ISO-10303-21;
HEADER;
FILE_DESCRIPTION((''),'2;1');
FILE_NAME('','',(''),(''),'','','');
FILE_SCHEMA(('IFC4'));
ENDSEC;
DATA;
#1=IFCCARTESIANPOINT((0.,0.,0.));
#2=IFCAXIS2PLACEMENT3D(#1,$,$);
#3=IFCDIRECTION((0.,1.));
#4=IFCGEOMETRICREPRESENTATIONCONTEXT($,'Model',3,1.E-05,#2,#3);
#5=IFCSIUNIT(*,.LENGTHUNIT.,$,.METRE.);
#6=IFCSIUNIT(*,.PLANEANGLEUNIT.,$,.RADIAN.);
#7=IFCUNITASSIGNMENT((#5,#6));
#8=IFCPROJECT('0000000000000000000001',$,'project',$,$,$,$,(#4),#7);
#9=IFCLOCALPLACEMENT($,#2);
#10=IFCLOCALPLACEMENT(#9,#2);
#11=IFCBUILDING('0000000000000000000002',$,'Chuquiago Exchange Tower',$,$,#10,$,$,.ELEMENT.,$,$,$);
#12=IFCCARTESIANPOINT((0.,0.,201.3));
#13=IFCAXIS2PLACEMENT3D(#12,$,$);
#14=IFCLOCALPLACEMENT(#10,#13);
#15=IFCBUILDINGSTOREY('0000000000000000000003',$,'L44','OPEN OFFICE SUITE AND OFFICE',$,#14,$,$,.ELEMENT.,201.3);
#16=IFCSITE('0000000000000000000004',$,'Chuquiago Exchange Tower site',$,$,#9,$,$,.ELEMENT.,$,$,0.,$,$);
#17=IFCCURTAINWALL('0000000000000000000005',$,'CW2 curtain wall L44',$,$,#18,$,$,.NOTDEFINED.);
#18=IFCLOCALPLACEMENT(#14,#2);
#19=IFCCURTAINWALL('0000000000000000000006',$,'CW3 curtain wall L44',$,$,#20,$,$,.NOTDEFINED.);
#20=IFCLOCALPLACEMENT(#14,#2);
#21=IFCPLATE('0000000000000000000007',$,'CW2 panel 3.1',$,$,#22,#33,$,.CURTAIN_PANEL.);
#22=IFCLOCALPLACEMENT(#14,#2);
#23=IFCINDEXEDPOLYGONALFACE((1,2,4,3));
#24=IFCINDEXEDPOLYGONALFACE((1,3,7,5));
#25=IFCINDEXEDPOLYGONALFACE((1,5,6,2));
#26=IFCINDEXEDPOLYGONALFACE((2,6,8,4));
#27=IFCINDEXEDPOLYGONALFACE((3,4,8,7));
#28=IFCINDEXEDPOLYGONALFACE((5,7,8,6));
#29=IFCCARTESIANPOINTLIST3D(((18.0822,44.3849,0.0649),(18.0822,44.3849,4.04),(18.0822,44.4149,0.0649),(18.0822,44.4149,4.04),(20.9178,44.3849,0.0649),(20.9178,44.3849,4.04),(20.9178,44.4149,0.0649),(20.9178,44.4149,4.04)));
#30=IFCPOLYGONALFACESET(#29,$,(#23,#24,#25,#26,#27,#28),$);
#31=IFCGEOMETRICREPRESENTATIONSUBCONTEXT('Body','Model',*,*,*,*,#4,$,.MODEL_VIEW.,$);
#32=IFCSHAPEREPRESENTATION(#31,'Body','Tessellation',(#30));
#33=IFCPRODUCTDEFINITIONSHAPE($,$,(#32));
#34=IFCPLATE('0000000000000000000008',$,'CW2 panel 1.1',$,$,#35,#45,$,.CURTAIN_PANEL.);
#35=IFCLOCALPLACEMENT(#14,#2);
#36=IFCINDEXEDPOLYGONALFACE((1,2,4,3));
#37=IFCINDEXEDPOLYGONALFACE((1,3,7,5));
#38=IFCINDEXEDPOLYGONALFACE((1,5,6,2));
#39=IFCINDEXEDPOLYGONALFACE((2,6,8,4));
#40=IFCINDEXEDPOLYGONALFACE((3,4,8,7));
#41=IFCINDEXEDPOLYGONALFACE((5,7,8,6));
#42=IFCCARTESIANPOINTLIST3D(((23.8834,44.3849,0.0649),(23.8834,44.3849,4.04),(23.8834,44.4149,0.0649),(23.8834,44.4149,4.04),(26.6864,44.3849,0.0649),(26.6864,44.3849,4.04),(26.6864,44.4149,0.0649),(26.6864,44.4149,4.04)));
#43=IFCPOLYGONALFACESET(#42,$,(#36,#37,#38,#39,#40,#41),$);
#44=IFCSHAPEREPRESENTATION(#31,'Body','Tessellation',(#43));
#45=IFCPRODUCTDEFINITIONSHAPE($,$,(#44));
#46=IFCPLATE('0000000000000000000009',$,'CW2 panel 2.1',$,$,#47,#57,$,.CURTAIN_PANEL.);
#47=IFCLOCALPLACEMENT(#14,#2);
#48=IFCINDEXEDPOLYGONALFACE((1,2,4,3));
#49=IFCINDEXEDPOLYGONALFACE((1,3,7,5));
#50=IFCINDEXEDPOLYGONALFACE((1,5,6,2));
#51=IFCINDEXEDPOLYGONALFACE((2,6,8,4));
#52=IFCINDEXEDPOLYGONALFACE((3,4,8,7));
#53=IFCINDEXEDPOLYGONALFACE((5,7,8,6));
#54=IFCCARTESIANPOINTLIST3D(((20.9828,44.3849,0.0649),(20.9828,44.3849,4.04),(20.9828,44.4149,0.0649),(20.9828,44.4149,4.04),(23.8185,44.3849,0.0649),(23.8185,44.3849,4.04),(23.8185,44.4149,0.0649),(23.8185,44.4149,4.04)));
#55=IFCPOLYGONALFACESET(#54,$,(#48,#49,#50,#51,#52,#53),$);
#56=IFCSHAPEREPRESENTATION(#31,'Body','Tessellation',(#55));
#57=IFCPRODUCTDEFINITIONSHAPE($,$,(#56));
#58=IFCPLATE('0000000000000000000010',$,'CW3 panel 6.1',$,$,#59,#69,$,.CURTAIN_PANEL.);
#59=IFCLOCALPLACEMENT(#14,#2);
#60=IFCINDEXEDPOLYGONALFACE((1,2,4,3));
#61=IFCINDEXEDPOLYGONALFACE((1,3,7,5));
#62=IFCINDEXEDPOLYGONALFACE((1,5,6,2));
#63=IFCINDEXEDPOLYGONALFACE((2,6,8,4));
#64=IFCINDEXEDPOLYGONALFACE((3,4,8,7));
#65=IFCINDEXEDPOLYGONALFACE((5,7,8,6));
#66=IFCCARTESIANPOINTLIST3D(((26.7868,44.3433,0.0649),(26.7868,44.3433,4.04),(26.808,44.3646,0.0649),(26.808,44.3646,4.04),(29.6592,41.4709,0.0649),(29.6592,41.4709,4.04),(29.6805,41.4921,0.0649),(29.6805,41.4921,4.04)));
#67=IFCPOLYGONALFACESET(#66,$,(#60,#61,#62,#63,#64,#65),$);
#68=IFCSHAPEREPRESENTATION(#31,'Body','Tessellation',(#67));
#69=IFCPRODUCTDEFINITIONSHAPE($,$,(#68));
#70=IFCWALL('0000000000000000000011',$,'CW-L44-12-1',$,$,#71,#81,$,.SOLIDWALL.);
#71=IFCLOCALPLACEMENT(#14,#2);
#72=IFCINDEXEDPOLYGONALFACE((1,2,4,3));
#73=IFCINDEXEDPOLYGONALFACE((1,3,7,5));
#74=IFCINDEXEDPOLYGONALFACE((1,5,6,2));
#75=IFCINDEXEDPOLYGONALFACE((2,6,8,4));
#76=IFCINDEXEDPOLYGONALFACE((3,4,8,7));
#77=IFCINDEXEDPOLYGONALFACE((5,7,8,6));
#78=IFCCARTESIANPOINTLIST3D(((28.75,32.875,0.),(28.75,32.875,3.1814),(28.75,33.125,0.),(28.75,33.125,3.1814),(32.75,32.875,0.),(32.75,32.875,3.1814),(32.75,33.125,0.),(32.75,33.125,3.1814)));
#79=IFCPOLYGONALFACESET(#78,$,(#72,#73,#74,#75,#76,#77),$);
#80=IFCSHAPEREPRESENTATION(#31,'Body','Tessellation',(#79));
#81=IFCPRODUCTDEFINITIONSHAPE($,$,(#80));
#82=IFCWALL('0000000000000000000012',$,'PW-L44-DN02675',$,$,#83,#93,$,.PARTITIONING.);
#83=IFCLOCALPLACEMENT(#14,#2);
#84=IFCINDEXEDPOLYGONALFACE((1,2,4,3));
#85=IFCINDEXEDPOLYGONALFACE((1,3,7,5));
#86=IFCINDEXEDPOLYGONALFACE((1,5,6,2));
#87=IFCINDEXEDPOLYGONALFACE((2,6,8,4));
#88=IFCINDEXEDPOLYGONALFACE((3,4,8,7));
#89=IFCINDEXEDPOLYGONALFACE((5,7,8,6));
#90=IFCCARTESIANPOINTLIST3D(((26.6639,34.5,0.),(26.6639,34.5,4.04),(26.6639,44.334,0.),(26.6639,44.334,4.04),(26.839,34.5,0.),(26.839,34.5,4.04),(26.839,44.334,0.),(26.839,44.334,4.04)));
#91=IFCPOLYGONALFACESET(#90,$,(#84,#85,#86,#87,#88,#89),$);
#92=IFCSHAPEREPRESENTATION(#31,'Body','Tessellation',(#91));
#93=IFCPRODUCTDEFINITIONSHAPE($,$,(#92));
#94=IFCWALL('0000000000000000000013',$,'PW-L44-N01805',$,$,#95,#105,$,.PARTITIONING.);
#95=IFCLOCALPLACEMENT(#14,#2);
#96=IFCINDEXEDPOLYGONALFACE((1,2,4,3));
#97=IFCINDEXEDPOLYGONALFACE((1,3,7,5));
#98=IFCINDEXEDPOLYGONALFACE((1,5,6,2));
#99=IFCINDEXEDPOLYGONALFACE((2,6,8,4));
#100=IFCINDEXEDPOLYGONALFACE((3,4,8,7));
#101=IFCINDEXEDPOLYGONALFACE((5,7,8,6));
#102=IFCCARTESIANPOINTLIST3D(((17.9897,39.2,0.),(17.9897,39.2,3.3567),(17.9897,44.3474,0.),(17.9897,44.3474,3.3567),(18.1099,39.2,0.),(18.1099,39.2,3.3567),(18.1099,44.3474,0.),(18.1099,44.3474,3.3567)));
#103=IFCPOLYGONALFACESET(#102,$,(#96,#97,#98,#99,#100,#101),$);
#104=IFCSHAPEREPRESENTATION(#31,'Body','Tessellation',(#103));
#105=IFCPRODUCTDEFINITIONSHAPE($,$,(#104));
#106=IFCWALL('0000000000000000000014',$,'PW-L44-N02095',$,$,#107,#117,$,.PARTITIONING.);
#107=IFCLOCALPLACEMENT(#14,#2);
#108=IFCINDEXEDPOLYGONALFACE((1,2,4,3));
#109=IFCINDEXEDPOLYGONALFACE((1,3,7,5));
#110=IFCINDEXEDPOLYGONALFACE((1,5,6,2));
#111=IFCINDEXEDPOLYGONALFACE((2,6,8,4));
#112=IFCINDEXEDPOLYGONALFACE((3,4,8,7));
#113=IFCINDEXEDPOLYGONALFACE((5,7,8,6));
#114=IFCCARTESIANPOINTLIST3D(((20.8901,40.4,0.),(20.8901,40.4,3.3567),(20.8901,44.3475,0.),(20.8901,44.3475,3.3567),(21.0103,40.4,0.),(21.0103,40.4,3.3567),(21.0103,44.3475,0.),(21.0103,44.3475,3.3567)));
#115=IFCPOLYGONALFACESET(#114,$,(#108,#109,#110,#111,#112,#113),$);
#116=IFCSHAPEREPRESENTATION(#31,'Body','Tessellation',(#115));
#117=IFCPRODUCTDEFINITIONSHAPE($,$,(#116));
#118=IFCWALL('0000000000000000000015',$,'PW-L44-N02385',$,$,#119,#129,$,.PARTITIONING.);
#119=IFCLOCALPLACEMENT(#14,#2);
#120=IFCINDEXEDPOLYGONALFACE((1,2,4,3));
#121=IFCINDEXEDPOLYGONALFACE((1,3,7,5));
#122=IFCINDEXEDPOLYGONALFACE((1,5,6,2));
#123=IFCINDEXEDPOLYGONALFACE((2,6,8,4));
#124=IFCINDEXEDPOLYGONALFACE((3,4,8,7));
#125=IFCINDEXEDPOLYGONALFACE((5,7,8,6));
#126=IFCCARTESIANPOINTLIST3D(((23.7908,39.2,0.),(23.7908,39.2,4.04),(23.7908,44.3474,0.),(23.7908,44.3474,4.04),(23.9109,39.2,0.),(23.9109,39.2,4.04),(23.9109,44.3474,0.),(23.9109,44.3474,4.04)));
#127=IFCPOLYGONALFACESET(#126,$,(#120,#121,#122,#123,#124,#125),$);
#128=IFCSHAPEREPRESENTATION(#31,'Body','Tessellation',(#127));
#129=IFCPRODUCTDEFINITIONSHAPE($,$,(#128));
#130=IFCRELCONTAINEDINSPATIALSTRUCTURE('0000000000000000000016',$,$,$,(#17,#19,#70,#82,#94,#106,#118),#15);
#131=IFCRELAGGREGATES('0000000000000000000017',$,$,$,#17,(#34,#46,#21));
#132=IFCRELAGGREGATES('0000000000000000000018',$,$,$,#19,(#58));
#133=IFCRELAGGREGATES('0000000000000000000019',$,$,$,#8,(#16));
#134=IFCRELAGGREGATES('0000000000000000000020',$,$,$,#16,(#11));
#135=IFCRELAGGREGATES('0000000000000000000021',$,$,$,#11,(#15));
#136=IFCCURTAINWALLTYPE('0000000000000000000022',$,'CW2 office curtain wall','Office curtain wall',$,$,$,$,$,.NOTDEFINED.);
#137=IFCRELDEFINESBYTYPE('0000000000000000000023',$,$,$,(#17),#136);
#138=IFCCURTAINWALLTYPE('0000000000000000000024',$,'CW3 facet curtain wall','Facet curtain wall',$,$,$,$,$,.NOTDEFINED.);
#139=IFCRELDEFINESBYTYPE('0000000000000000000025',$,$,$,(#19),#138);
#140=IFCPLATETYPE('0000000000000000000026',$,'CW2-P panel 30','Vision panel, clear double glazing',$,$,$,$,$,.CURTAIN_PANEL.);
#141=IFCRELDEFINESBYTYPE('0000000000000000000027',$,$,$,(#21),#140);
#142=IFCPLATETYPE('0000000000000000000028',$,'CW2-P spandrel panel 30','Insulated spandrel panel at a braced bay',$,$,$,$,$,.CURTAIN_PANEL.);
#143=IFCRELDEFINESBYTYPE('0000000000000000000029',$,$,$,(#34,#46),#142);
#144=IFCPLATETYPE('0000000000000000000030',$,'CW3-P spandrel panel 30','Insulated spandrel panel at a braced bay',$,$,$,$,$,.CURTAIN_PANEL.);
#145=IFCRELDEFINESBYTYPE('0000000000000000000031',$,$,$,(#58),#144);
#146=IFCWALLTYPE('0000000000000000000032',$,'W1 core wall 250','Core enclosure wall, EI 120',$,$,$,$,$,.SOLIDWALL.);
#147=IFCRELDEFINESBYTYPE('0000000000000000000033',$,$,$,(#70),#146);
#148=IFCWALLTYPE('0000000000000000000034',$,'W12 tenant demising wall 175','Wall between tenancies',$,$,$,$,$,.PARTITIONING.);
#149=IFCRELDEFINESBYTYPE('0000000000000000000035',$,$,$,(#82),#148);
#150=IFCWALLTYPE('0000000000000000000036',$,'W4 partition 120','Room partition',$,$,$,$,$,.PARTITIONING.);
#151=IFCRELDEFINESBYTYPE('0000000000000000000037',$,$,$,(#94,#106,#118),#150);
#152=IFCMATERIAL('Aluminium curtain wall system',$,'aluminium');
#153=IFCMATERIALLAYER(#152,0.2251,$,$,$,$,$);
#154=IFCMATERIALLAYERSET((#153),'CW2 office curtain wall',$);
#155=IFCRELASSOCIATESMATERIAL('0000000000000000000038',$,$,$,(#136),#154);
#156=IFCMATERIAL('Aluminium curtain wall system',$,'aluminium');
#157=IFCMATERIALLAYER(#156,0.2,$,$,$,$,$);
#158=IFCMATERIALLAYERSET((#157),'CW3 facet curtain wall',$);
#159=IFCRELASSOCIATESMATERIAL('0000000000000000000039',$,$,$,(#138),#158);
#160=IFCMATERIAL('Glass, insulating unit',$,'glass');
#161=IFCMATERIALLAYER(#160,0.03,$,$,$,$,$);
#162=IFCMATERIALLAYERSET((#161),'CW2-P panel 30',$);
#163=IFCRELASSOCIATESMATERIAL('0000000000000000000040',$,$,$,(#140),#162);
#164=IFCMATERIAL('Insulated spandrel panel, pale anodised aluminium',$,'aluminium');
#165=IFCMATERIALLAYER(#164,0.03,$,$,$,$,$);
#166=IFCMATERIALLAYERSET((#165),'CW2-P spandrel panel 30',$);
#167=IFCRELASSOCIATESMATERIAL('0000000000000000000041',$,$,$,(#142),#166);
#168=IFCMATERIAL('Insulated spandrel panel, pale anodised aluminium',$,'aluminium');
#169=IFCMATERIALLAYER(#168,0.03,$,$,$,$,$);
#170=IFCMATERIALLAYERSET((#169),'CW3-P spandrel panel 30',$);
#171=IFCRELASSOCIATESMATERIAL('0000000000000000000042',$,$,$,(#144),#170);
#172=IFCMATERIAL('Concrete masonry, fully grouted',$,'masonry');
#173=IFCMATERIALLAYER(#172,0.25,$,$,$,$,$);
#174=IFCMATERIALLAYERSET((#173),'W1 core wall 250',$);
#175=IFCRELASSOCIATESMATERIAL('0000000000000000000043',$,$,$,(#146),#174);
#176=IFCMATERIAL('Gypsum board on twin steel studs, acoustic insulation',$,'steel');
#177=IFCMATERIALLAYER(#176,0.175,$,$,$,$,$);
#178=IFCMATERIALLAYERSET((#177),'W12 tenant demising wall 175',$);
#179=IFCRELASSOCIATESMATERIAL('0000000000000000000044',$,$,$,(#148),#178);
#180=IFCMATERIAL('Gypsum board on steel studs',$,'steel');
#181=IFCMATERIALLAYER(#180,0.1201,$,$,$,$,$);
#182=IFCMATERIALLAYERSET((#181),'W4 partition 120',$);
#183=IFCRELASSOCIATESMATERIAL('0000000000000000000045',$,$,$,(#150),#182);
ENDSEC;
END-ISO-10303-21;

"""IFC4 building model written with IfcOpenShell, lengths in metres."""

from ifc_helpers import new_model, si_unit, direction, frame, frame_2d, origin, origin_2d, place, context, subcontext, project, spatial, rectangle, extrude, material, layer, layer_set, type_object, element, aggregate, save


model = new_model("IFC4")

# Units and contexts
model_context = context("Model", 3, precision=1e-05, world=origin(), true_north=direction((0.0, 1.0)))
body_context = subcontext(model_context, "Body", "Model", "MODEL_VIEW")
ifc_project = project(units=[si_unit("LENGTHUNIT", "METRE"), si_unit("PLANEANGLEUNIT", "RADIAN")], contexts=[model_context])

# Site, building, storey
site_placement = place(None, origin())
site = spatial("IfcSite", under=ifc_project, at=site_placement, Name="Chuquiago Exchange Tower site", CompositionType="ELEMENT", RefElevation=0.0)
building_placement = place(site_placement, origin())
building = spatial("IfcBuilding", under=site, at=building_placement, Name="Chuquiago Exchange Tower", CompositionType="ELEMENT")
storey_placement = place(building_placement, frame((0.0, 0.0, 201.3)))
storey = spatial("IfcBuildingStorey", under=building, at=storey_placement, Name="L44", Description="OPEN OFFICE SUITE AND OFFICE", CompositionType="ELEMENT", Elevation=201.3)

# Curtain walls
ifc_material_1 = material(Name="Aluminium curtain wall system", Category="aluminium")
ifc_layer_1 = layer(ifc_material_1, 0.2251)
ifc_layer_set_1 = layer_set([ifc_layer_1], Name="CW2 office curtain wall")
curtain_wall_type_1 = type_object("IfcCurtainWallType", Name="CW2 office curtain wall", Description="Office curtain wall", PredefinedType="NOTDEFINED", material=ifc_layer_set_1)
curtain_wall_1_placement = place(storey_placement, origin())
curtain_wall_1 = element("IfcCurtainWall", 1, at=curtain_wall_1_placement, inside=storey, type_object=curtain_wall_type_1, Name="CW2 curtain wall L44", PredefinedType="NOTDEFINED")
ifc_material_2 = material(Name="Aluminium curtain wall system", Category="aluminium")
ifc_layer_2 = layer(ifc_material_2, 0.2)
ifc_layer_set_2 = layer_set([ifc_layer_2], Name="CW3 facet curtain wall")
curtain_wall_type_2 = type_object("IfcCurtainWallType", Name="CW3 facet curtain wall", Description="Facet curtain wall", PredefinedType="NOTDEFINED", material=ifc_layer_set_2)
curtain_wall_2_placement = place(storey_placement, origin())
curtain_wall_2 = element("IfcCurtainWall", 2, at=curtain_wall_2_placement, inside=storey, type_object=curtain_wall_type_2, Name="CW3 curtain wall L44", PredefinedType="NOTDEFINED")

# Plates
ifc_material_3 = material(Name="Glass, insulating unit", Category="glass")
ifc_layer_3 = layer(ifc_material_3, 0.03)
ifc_layer_set_3 = layer_set([ifc_layer_3], Name="CW2-P panel 30")
plate_type_1 = type_object("IfcPlateType", Name="CW2-P panel 30", Description="Vision panel, clear double glazing", PredefinedType="CURTAIN_PANEL", material=ifc_layer_set_3)
plate_1_placement = place(storey_placement, frame((19.5, 44.3999, 0.0649), z_axis=(0.0, 0.0, 1.0), x_axis=(-1.0, 0.0, 0.0)))
plate_1 = element("IfcPlate", 3, at=plate_1_placement, type_object=plate_type_1, Name="CW2 panel 3.1", PredefinedType="CURTAIN_PANEL", context=body_context, shape_type="SweptSolid", body=[
    extrude(rectangle(XDim=2.8357, YDim=0.03, at=origin_2d()), origin(), (0.0, 0.0, 1.0), 3.9751),
])
ifc_material_4 = material(Name="Insulated spandrel panel, pale anodised aluminium", Category="aluminium")
ifc_layer_4 = layer(ifc_material_4, 0.03)
ifc_layer_set_4 = layer_set([ifc_layer_4], Name="CW2-P spandrel panel 30")
plate_type_2 = type_object("IfcPlateType", Name="CW2-P spandrel panel 30", Description="Insulated spandrel panel at a braced bay", PredefinedType="CURTAIN_PANEL", material=ifc_layer_set_4)
plate_2_placement = place(storey_placement, frame((25.2849, 44.3999, 0.0649), z_axis=(0.0, 0.0, 1.0), x_axis=(-1.0, 0.0, 0.0)))
plate_2 = element("IfcPlate", 4, at=plate_2_placement, type_object=plate_type_2, Name="CW2 panel 1.1", PredefinedType="CURTAIN_PANEL", context=body_context, shape_type="SweptSolid", body=[
    extrude(rectangle(XDim=2.803, YDim=0.03, at=origin_2d()), origin(), (0.0, 0.0, 1.0), 3.9751),
])
plate_3_placement = place(storey_placement, frame((22.4006, 44.3999, 0.0649), z_axis=(0.0, 0.0, 1.0), x_axis=(-1.0, 0.0, 0.0)))
plate_3 = element("IfcPlate", 5, at=plate_3_placement, type_object=plate_type_2, Name="CW2 panel 2.1", PredefinedType="CURTAIN_PANEL", context=body_context, shape_type="SweptSolid", body=[
    extrude(rectangle(XDim=2.8357, YDim=0.03, at=origin_2d()), origin(), (0.0, 0.0, 1.0), 3.9751),
])
aggregate(curtain_wall_1, [plate_2, plate_3, plate_1])
ifc_material_5 = material(Name="Insulated spandrel panel, pale anodised aluminium", Category="aluminium")
ifc_layer_5 = layer(ifc_material_5, 0.03)
ifc_layer_set_5 = layer_set([ifc_layer_5], Name="CW3-P spandrel panel 30")
plate_type_3 = type_object("IfcPlateType", Name="CW3-P spandrel panel 30", Description="Insulated spandrel panel at a braced bay", PredefinedType="CURTAIN_PANEL", material=ifc_layer_set_5)
plate_4_placement = place(storey_placement, frame((28.2336, 42.9177, 0.0649), z_axis=(0.0, 0.0, 1.0), x_axis=(-0.707107, 0.707107, 0.0)))
plate_4 = element("IfcPlate", 6, at=plate_4_placement, type_object=plate_type_3, Name="CW3 panel 6.1", PredefinedType="CURTAIN_PANEL", context=body_context, shape_type="SweptSolid", body=[
    extrude(rectangle(XDim=4.0623, YDim=0.03, at=origin_2d()), origin(), (0.0, 0.0, 1.0), 3.9751),
])
aggregate(curtain_wall_2, [plate_4])

# Walls
ifc_material_6 = material(Name="Concrete masonry, fully grouted", Category="masonry")
ifc_layer_6 = layer(ifc_material_6, 0.25)
ifc_layer_set_6 = layer_set([ifc_layer_6], Name="W1 core wall 250")
wall_type_1 = type_object("IfcWallType", Name="W1 core wall 250", Description="Core enclosure wall, EI 120", PredefinedType="SOLIDWALL", material=ifc_layer_set_6)
wall_1_placement = place(storey_placement, frame((28.75, 33.0, 0.0), z_axis=(0.0, 0.0, 1.0), x_axis=(1.0, 0.0, 0.0)))
element("IfcWall", 7, at=wall_1_placement, inside=storey, type_object=wall_type_1, Name="CW-L44-12-1", PredefinedType="SOLIDWALL", context=body_context, shape_type="SweptSolid", body=[
    extrude(rectangle(XDim=4.0, YDim=0.25, at=frame_2d((2.0, 0.0))), origin(), (0.0, 0.0, 1.0), 3.1814),
])
ifc_material_7 = material(Name="Gypsum board on twin steel studs, acoustic insulation", Category="steel")
ifc_layer_7 = layer(ifc_material_7, 0.175)
ifc_layer_set_7 = layer_set([ifc_layer_7], Name="W12 tenant demising wall 175")
wall_type_2 = type_object("IfcWallType", Name="W12 tenant demising wall 175", Description="Wall between tenancies", PredefinedType="PARTITIONING", material=ifc_layer_set_7)
wall_2_placement = place(storey_placement, frame((26.7515, 44.334, 0.0), z_axis=(0.0, 0.0, 1.0), x_axis=(0.0, -1.0, 0.0)))
element("IfcWall", 8, at=wall_2_placement, inside=storey, type_object=wall_type_2, Name="PW-L44-DN02675", PredefinedType="PARTITIONING", context=body_context, shape_type="SweptSolid", body=[
    extrude(rectangle(XDim=9.834, YDim=0.175, at=frame_2d((4.917, 0.0))), origin(), (0.0, 0.0, 1.0), 4.04),
])
ifc_material_8 = material(Name="Gypsum board on steel studs", Category="steel")
ifc_layer_8 = layer(ifc_material_8, 0.1201)
ifc_layer_set_8 = layer_set([ifc_layer_8], Name="W4 partition 120")
wall_type_3 = type_object("IfcWallType", Name="W4 partition 120", Description="Room partition", PredefinedType="PARTITIONING", material=ifc_layer_set_8)
wall_3_placement = place(storey_placement, frame((18.0498, 44.3474, 0.0), z_axis=(0.0, 0.0, 1.0), x_axis=(0.0, -1.0, 0.0)))
element("IfcWall", 9, at=wall_3_placement, inside=storey, type_object=wall_type_3, Name="PW-L44-N01805", PredefinedType="PARTITIONING", context=body_context, shape_type="SweptSolid", body=[
    extrude(rectangle(XDim=5.1475, YDim=0.1201, at=frame_2d((2.5737, 0.0))), origin(), (0.0, 0.0, 1.0), 3.3567),
])
wall_4_placement = place(storey_placement, frame((20.9502, 44.3474, 0.0), z_axis=(0.0, 0.0, 1.0), x_axis=(0.0, -1.0, 0.0)))
element("IfcWall", 10, at=wall_4_placement, inside=storey, type_object=wall_type_3, Name="PW-L44-N02095", PredefinedType="PARTITIONING", context=body_context, shape_type="SweptSolid", body=[
    extrude(rectangle(XDim=3.9475, YDim=0.1201, at=frame_2d((1.9736, 0.0))), origin(), (0.0, 0.0, 1.0), 3.3567),
])
wall_5_placement = place(storey_placement, frame((23.8508, 44.3474, 0.0), z_axis=(0.0, 0.0, 1.0), x_axis=(0.0, -1.0, 0.0)))
element("IfcWall", 11, at=wall_5_placement, inside=storey, type_object=wall_type_3, Name="PW-L44-N02385", PredefinedType="PARTITIONING", context=body_context, shape_type="SweptSolid", body=[
    extrude(rectangle(XDim=5.1475, YDim=0.1201, at=frame_2d((2.5737, 0.0))), origin(), (0.0, 0.0, 1.0), 4.04),
])

save(model, "model.ifc")
